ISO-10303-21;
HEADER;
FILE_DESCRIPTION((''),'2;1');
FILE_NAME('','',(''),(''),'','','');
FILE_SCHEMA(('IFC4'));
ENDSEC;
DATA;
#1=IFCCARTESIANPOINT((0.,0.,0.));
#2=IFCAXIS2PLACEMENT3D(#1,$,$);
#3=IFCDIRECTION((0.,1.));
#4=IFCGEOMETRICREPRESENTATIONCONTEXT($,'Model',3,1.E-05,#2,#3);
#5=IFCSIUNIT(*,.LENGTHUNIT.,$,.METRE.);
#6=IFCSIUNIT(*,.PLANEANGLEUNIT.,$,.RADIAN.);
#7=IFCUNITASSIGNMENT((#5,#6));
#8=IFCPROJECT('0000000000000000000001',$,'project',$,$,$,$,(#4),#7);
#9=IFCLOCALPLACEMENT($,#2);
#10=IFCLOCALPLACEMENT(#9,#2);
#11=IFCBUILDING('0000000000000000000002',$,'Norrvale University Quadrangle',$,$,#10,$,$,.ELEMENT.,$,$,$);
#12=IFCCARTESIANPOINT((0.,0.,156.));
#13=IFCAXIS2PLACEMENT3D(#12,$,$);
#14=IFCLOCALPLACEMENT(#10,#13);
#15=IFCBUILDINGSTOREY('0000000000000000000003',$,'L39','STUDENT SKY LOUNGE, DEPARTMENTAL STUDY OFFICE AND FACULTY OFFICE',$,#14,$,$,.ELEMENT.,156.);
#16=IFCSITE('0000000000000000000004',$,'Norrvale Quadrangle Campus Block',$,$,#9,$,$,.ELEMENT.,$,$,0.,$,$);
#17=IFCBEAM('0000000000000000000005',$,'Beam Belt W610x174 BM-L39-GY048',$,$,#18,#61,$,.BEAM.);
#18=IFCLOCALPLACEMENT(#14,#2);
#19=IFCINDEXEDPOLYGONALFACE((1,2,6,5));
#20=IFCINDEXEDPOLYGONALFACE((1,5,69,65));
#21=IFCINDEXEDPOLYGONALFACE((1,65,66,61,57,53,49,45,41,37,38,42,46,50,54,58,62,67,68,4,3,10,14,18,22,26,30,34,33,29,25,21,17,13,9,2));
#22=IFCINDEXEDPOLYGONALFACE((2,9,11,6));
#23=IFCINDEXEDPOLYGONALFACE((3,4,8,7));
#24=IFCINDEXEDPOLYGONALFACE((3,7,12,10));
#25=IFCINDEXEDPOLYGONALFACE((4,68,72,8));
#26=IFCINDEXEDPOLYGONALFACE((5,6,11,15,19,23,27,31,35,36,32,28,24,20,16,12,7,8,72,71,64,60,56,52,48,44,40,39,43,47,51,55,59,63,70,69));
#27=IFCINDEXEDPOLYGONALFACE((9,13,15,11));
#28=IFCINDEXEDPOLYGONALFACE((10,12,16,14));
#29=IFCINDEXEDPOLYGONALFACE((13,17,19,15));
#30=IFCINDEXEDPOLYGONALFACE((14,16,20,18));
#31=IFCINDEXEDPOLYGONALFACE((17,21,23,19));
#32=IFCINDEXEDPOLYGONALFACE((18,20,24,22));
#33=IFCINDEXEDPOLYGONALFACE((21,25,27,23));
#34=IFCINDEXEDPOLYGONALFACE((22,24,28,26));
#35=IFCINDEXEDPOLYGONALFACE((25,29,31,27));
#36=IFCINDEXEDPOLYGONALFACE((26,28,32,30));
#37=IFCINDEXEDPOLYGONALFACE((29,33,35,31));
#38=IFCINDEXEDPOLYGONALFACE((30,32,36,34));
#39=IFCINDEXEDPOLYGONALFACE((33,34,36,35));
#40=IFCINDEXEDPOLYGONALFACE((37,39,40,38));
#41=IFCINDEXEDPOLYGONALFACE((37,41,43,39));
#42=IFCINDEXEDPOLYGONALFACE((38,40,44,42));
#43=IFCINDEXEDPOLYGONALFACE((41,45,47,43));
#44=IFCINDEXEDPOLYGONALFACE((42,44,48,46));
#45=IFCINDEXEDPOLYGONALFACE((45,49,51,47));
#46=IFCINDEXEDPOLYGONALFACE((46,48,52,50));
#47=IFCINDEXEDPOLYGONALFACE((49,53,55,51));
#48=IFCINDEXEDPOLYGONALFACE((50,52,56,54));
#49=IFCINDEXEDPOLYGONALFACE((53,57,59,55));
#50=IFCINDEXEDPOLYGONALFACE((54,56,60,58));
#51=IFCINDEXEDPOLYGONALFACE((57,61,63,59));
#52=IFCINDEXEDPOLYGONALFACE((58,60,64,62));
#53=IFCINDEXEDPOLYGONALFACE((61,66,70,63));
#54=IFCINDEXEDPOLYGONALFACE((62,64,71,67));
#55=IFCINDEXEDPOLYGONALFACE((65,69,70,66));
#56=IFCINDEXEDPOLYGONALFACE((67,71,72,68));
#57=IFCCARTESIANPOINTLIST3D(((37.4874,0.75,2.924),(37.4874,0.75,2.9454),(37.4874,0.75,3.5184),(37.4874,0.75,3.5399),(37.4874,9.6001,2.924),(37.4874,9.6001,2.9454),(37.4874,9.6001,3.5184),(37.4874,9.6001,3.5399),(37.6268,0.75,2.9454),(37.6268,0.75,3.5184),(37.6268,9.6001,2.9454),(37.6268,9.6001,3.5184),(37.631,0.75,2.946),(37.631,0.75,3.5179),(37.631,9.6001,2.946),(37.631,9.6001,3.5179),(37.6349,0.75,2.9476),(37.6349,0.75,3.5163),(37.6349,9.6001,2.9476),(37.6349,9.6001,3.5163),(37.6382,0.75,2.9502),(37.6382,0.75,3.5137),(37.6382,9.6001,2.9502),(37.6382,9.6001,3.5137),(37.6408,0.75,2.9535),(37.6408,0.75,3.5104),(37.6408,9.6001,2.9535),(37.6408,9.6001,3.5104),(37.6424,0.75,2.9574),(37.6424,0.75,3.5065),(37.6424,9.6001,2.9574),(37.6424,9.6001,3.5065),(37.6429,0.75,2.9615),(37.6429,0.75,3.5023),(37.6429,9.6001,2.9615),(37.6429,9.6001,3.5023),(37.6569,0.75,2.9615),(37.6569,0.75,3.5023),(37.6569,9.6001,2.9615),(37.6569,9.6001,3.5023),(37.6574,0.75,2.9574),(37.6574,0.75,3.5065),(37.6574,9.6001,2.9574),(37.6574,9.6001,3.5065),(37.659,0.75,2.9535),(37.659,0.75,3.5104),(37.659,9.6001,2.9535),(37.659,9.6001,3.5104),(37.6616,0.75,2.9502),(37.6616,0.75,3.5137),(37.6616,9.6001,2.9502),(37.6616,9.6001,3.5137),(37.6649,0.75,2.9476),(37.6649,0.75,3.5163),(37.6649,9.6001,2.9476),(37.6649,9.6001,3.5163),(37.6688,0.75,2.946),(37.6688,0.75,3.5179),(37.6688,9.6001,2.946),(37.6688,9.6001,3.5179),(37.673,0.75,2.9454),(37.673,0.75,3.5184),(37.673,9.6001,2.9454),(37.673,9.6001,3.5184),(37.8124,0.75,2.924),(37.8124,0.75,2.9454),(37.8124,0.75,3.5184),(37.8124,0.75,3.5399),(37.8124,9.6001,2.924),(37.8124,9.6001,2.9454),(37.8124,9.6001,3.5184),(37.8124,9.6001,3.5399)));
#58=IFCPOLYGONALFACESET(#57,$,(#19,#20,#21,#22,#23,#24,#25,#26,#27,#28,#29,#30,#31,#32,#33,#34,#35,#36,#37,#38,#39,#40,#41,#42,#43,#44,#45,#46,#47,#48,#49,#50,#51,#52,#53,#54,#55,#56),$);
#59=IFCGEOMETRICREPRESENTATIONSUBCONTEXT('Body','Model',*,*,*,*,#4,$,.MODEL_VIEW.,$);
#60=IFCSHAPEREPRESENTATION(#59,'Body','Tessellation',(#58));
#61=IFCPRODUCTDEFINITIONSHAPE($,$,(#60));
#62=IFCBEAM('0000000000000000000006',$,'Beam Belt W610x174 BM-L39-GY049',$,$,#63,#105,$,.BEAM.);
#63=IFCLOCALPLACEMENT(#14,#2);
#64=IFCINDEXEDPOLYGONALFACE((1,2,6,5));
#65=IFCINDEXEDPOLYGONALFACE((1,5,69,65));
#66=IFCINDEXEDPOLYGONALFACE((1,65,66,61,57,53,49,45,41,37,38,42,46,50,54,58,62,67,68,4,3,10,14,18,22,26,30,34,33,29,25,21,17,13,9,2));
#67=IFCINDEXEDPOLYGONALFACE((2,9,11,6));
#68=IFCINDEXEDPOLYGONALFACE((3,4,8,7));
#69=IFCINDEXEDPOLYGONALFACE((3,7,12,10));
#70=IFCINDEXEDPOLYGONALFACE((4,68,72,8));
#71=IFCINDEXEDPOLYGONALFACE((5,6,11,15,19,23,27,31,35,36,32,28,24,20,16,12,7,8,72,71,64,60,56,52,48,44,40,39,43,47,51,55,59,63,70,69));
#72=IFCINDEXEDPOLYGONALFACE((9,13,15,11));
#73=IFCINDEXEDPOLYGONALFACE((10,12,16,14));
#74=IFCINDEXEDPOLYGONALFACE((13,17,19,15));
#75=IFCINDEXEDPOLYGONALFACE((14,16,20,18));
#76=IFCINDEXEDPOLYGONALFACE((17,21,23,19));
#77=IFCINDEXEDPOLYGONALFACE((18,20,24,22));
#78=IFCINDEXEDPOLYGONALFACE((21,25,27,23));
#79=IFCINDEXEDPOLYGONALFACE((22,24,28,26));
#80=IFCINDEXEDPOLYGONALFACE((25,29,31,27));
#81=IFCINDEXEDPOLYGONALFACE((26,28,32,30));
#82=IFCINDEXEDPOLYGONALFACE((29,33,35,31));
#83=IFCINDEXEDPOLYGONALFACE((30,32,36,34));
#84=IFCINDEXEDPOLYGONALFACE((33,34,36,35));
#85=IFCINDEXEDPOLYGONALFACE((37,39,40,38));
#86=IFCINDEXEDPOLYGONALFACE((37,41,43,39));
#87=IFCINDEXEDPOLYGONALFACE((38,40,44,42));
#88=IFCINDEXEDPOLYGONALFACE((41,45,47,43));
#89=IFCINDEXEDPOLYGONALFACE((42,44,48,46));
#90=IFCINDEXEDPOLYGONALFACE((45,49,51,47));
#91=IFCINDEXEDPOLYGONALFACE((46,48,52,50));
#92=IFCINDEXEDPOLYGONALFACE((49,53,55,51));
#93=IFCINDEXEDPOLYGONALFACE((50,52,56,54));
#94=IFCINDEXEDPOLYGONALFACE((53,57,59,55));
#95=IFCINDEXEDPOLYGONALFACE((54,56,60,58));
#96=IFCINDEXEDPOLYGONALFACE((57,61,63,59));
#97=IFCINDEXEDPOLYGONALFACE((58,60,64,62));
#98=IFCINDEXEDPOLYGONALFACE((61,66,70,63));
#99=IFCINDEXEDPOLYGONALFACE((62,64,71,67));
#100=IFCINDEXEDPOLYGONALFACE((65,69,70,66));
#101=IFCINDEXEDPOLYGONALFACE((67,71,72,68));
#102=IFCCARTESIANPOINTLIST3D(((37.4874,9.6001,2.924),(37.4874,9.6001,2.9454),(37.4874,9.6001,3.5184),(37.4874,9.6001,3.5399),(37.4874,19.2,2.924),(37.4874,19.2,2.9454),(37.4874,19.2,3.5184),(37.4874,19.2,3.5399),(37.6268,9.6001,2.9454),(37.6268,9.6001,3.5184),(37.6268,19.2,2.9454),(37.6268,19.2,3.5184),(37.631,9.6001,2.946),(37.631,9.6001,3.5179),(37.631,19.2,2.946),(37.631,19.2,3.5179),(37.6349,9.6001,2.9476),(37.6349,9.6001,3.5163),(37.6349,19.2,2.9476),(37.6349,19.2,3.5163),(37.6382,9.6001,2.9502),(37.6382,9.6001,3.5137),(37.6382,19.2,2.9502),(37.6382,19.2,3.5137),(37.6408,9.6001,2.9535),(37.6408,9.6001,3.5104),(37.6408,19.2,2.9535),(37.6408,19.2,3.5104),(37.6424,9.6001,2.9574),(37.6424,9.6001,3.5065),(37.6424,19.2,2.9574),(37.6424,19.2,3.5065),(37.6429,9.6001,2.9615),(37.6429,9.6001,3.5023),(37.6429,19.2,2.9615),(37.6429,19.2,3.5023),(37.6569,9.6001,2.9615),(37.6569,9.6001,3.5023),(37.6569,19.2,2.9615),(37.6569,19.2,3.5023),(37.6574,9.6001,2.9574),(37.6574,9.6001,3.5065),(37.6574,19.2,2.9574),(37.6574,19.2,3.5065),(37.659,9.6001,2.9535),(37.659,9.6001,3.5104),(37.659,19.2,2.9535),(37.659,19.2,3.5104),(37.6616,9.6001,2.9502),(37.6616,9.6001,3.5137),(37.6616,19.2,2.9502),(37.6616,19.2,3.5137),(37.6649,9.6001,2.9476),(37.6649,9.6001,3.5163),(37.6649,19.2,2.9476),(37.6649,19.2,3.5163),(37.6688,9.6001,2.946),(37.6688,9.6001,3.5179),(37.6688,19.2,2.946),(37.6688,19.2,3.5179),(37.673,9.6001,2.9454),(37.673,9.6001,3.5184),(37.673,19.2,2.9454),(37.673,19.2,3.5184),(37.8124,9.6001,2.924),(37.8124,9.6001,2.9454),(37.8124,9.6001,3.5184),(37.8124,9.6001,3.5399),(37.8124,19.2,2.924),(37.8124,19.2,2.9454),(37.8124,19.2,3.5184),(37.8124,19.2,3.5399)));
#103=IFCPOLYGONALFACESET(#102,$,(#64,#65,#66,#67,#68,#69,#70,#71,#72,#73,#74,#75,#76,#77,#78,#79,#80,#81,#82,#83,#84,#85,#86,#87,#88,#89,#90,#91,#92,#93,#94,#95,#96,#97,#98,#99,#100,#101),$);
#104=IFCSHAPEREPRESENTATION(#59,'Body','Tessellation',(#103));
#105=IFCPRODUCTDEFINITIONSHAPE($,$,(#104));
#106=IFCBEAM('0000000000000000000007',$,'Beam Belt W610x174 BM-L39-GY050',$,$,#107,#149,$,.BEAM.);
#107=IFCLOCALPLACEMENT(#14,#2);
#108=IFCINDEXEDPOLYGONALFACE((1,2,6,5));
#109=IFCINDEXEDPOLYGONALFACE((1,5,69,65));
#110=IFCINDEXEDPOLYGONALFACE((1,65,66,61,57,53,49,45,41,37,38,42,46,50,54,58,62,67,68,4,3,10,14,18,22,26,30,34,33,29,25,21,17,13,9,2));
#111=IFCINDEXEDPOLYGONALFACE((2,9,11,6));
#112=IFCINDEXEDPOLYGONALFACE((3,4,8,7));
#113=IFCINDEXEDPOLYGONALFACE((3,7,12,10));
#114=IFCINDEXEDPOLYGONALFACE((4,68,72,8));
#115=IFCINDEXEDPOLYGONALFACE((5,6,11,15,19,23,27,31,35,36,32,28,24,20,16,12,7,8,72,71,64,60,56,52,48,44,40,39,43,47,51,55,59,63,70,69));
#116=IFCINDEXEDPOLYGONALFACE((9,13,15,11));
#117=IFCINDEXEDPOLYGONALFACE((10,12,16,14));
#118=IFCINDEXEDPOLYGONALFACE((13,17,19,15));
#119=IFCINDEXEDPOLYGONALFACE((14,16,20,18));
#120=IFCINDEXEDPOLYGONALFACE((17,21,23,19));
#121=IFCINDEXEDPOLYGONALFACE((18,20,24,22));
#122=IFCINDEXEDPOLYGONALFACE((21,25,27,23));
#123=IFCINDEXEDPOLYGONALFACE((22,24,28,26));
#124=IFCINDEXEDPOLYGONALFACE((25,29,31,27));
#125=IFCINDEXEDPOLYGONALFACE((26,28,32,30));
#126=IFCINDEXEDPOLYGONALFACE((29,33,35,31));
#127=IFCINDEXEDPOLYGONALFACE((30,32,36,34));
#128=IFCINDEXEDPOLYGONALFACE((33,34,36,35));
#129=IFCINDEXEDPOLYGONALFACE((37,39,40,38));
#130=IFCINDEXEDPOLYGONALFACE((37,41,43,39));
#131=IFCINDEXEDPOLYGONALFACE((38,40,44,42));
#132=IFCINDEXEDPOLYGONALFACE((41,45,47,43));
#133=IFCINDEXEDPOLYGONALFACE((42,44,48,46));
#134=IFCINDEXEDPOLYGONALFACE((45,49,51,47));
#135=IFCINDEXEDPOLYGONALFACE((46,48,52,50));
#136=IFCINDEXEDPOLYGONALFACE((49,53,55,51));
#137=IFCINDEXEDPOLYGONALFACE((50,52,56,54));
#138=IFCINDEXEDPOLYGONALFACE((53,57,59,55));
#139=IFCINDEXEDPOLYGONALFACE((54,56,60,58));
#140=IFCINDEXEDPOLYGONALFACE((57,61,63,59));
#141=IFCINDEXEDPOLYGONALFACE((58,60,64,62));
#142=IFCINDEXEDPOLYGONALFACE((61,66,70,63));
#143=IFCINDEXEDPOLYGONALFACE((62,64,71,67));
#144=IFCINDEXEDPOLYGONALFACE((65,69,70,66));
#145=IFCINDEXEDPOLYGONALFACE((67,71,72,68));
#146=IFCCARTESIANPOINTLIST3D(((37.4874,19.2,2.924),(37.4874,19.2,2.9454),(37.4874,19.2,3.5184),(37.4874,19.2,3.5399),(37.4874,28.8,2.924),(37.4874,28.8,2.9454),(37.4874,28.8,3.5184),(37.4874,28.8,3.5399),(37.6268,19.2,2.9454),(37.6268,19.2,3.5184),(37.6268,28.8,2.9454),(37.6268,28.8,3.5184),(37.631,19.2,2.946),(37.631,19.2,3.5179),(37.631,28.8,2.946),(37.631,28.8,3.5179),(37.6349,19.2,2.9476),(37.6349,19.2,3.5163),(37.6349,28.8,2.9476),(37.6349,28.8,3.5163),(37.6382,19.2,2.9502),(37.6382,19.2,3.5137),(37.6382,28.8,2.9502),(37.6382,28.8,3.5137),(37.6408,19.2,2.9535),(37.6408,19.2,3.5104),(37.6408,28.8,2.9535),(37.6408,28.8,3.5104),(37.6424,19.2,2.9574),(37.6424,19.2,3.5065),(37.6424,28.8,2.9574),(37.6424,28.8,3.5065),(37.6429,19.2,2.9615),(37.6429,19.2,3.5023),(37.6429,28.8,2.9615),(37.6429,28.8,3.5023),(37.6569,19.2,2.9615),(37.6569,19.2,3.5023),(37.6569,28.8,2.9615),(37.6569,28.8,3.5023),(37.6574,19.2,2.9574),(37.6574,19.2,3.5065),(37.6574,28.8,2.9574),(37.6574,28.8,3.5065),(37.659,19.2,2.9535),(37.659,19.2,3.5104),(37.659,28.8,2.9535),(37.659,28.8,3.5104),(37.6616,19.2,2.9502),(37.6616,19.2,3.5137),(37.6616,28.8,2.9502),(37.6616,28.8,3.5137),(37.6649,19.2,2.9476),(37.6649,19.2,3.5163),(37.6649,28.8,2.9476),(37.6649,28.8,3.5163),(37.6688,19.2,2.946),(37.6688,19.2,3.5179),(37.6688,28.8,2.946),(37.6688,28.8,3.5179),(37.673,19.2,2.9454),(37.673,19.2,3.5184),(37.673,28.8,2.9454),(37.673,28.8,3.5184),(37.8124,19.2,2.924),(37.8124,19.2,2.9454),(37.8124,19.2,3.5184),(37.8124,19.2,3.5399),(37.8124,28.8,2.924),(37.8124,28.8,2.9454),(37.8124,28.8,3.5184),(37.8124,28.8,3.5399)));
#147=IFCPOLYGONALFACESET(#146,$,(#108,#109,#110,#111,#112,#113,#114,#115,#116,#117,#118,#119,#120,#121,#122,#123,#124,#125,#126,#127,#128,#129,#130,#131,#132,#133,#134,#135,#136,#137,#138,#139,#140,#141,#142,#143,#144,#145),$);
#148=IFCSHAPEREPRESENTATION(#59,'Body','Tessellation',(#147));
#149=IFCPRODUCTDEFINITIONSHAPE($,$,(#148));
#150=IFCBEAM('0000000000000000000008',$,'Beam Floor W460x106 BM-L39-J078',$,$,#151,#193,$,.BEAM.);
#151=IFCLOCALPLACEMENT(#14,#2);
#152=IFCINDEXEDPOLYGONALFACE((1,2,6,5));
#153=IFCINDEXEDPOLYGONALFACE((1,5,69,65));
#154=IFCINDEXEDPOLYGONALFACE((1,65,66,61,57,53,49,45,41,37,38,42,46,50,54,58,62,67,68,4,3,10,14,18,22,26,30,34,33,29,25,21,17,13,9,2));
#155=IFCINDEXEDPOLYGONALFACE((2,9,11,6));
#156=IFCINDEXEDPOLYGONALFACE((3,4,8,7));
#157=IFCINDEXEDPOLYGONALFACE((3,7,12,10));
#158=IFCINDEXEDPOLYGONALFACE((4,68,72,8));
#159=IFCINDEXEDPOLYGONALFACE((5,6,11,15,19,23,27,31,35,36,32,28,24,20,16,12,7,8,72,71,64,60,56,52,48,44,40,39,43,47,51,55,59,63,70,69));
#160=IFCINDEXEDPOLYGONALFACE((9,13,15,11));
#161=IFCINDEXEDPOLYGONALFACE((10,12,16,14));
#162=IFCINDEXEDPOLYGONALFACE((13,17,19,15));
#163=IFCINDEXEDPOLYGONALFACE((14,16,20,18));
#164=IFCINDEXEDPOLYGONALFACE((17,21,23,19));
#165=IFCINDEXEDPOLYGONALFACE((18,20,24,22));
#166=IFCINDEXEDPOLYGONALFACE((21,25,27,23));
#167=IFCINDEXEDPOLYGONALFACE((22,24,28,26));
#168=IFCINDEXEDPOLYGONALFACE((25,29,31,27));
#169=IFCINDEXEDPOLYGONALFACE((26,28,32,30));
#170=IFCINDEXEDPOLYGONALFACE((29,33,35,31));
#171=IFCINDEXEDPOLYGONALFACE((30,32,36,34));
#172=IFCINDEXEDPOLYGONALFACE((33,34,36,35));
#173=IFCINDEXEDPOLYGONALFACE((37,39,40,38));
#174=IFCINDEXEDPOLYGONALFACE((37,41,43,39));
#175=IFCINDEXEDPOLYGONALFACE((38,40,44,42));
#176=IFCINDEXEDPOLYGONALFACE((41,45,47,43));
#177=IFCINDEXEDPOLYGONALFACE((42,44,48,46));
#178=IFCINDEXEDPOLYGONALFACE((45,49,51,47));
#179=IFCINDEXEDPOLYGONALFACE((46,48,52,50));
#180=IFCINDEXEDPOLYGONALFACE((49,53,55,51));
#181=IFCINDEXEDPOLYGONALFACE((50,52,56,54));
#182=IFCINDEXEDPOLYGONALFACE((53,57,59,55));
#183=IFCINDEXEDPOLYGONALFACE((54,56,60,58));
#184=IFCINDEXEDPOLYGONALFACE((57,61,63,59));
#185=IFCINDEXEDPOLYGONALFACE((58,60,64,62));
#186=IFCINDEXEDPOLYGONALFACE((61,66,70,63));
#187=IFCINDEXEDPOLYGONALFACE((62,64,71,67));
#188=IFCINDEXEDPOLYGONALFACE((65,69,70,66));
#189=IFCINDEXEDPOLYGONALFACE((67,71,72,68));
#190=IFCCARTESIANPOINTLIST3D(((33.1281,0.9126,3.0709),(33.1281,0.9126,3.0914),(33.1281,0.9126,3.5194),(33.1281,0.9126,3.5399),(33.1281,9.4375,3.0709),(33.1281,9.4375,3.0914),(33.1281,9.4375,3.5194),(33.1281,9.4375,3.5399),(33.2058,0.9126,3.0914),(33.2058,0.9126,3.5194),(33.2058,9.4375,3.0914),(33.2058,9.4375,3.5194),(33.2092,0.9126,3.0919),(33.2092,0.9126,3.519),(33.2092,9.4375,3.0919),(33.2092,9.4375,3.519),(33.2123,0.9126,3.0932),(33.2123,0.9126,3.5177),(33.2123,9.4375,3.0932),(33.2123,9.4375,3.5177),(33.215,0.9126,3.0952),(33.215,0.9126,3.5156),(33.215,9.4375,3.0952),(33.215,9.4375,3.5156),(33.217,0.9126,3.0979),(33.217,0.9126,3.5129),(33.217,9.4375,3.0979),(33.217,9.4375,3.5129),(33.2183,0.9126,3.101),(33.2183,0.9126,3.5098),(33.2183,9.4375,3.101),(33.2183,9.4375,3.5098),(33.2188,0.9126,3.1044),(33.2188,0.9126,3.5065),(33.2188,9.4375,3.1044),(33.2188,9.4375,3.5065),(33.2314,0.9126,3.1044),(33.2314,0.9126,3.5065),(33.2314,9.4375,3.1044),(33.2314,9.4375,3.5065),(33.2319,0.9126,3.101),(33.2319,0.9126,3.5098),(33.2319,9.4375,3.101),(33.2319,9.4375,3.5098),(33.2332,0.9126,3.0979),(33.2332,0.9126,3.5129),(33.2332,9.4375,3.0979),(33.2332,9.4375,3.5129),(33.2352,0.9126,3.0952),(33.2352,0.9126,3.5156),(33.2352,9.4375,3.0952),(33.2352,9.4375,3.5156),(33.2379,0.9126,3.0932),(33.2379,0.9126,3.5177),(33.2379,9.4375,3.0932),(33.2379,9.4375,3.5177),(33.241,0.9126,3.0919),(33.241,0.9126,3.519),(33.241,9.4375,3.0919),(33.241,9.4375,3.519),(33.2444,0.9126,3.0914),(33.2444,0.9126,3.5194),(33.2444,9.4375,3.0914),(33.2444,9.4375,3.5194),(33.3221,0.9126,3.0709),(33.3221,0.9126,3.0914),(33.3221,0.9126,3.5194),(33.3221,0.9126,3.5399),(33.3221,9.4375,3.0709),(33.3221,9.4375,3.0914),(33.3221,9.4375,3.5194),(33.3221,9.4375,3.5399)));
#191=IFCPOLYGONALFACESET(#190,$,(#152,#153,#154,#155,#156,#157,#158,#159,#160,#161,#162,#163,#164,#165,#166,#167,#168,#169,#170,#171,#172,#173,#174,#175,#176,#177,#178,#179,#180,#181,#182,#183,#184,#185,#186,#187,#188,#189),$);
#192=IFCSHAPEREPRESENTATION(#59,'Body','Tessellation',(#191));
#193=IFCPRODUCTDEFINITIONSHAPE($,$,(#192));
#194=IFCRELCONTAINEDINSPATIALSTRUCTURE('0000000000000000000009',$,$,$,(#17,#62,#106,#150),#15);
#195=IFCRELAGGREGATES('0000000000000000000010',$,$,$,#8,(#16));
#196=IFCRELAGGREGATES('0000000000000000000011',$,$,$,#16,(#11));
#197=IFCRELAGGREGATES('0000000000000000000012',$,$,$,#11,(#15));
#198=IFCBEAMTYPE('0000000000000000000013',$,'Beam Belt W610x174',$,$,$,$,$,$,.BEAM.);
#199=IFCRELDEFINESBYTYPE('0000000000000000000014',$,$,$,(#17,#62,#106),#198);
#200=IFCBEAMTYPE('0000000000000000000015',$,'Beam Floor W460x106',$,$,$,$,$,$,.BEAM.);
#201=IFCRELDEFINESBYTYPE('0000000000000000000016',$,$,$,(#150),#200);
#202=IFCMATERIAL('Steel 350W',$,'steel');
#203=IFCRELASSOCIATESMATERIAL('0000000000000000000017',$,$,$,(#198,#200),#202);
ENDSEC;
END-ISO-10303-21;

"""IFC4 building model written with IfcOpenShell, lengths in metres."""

from ifc_helpers import new_model, si_unit, direction, frame, origin, origin_2d, place, context, subcontext, project, spatial, i_section, extrude, material, material_profile, profile_set, type_object, element, save


model = new_model("IFC4")

# Units and contexts
model_context = context("Model", 3, precision=1e-05, world=origin(), true_north=direction((0.0, 1.0)))
body_context = subcontext(model_context, "Body", "Model", "MODEL_VIEW")
ifc_project = project(units=[si_unit("LENGTHUNIT", "METRE"), si_unit("PLANEANGLEUNIT", "RADIAN")], contexts=[model_context])

# Site, building, storey
site_placement = place(None, origin())
site = spatial("IfcSite", under=ifc_project, at=site_placement, Name="Norrvale Quadrangle Campus Block", CompositionType="ELEMENT", RefElevation=0.0)
building_placement = place(site_placement, origin())
building = spatial("IfcBuilding", under=site, at=building_placement, Name="Norrvale University Quadrangle", CompositionType="ELEMENT")
storey_placement = place(building_placement, frame((0.0, 0.0, 156.0)))
storey = spatial("IfcBuildingStorey", under=building, at=storey_placement, Name="L39", Description="STUDENT SKY LOUNGE, DEPARTMENTAL STUDY OFFICE AND FACULTY OFFICE", CompositionType="ELEMENT", Elevation=156.0)

# Beams
ifc_material_1 = material(Name="Steel 350W", Category="steel")
ifc_material_profile_1 = material_profile(ifc_material_1, i_section(OverallWidth=0.325, OverallDepth=0.616, WebThickness=0.0139, FlangeThickness=0.0215, FilletRadius=0.0161, at=origin_2d()), Name="Steel 350W")
ifc_profile_set_1 = profile_set([ifc_material_profile_1], Name="Steel 350W")
beam_type_1 = type_object("IfcBeamType", Name="Beam Belt W610x174", PredefinedType="BEAM", material=ifc_profile_set_1)
beam_1_placement = place(storey_placement, frame((37.6499, 0.75, 3.2319), z_axis=(0.0, 1.0, 0.0), x_axis=(-1.0, 0.0, 0.0)))
element("IfcBeam", 1, at=beam_1_placement, inside=storey, type_object=beam_type_1, Name="Beam Belt W610x174 BM-L39-GY048", PredefinedType="BEAM", context=body_context, shape_type="SweptSolid", body=[
    extrude(i_section(OverallWidth=0.325, OverallDepth=0.616, WebThickness=0.0139, FlangeThickness=0.0215, FilletRadius=0.0161, at=origin_2d()), origin(), (0.0, 0.0, 1.0), 8.8501),
])
beam_2_placement = place(storey_placement, frame((37.6499, 9.6001, 3.2319), z_axis=(0.0, 1.0, 0.0), x_axis=(-1.0, 0.0, 0.0)))
element("IfcBeam", 2, at=beam_2_placement, inside=storey, type_object=beam_type_1, Name="Beam Belt W610x174 BM-L39-GY049", PredefinedType="BEAM", context=body_context, shape_type="SweptSolid", body=[
    extrude(i_section(OverallWidth=0.325, OverallDepth=0.616, WebThickness=0.0139, FlangeThickness=0.0215, FilletRadius=0.0161, at=origin_2d()), origin(), (0.0, 0.0, 1.0), 9.5999),
])
beam_3_placement = place(storey_placement, frame((37.6499, 19.2, 3.2319), z_axis=(0.0, 1.0, 0.0), x_axis=(-1.0, 0.0, 0.0)))
element("IfcBeam", 3, at=beam_3_placement, inside=storey, type_object=beam_type_1, Name="Beam Belt W610x174 BM-L39-GY050", PredefinedType="BEAM", context=body_context, shape_type="SweptSolid", body=[
    extrude(i_section(OverallWidth=0.325, OverallDepth=0.616, WebThickness=0.0139, FlangeThickness=0.0215, FilletRadius=0.0161, at=origin_2d()), origin(), (0.0, 0.0, 1.0), 9.6001),
])
ifc_material_profile_2 = material_profile(ifc_material_1, i_section(OverallWidth=0.1941, OverallDepth=0.469, WebThickness=0.0127, FlangeThickness=0.0205, FilletRadius=0.0129, at=origin_2d()), Name="Steel 350W")
ifc_profile_set_2 = profile_set([ifc_material_profile_2], Name="Steel 350W")
beam_type_2 = type_object("IfcBeamType", Name="Beam Floor W460x106", PredefinedType="BEAM", material=ifc_profile_set_2)
beam_4_placement = place(storey_placement, frame((33.2251, 0.9126, 3.3054), z_axis=(0.0, 1.0, 0.0), x_axis=(-1.0, 0.0, 0.0)))
element("IfcBeam", 4, at=beam_4_placement, inside=storey, type_object=beam_type_2, Name="Beam Floor W460x106 BM-L39-J078", PredefinedType="BEAM", context=body_context, shape_type="SweptSolid", body=[
    extrude(i_section(OverallWidth=0.1941, OverallDepth=0.469, WebThickness=0.0127, FlangeThickness=0.0205, FilletRadius=0.0129, at=origin_2d()), origin(), (0.0, 0.0, 1.0), 8.5249),
])

save(model, "model.ifc")
